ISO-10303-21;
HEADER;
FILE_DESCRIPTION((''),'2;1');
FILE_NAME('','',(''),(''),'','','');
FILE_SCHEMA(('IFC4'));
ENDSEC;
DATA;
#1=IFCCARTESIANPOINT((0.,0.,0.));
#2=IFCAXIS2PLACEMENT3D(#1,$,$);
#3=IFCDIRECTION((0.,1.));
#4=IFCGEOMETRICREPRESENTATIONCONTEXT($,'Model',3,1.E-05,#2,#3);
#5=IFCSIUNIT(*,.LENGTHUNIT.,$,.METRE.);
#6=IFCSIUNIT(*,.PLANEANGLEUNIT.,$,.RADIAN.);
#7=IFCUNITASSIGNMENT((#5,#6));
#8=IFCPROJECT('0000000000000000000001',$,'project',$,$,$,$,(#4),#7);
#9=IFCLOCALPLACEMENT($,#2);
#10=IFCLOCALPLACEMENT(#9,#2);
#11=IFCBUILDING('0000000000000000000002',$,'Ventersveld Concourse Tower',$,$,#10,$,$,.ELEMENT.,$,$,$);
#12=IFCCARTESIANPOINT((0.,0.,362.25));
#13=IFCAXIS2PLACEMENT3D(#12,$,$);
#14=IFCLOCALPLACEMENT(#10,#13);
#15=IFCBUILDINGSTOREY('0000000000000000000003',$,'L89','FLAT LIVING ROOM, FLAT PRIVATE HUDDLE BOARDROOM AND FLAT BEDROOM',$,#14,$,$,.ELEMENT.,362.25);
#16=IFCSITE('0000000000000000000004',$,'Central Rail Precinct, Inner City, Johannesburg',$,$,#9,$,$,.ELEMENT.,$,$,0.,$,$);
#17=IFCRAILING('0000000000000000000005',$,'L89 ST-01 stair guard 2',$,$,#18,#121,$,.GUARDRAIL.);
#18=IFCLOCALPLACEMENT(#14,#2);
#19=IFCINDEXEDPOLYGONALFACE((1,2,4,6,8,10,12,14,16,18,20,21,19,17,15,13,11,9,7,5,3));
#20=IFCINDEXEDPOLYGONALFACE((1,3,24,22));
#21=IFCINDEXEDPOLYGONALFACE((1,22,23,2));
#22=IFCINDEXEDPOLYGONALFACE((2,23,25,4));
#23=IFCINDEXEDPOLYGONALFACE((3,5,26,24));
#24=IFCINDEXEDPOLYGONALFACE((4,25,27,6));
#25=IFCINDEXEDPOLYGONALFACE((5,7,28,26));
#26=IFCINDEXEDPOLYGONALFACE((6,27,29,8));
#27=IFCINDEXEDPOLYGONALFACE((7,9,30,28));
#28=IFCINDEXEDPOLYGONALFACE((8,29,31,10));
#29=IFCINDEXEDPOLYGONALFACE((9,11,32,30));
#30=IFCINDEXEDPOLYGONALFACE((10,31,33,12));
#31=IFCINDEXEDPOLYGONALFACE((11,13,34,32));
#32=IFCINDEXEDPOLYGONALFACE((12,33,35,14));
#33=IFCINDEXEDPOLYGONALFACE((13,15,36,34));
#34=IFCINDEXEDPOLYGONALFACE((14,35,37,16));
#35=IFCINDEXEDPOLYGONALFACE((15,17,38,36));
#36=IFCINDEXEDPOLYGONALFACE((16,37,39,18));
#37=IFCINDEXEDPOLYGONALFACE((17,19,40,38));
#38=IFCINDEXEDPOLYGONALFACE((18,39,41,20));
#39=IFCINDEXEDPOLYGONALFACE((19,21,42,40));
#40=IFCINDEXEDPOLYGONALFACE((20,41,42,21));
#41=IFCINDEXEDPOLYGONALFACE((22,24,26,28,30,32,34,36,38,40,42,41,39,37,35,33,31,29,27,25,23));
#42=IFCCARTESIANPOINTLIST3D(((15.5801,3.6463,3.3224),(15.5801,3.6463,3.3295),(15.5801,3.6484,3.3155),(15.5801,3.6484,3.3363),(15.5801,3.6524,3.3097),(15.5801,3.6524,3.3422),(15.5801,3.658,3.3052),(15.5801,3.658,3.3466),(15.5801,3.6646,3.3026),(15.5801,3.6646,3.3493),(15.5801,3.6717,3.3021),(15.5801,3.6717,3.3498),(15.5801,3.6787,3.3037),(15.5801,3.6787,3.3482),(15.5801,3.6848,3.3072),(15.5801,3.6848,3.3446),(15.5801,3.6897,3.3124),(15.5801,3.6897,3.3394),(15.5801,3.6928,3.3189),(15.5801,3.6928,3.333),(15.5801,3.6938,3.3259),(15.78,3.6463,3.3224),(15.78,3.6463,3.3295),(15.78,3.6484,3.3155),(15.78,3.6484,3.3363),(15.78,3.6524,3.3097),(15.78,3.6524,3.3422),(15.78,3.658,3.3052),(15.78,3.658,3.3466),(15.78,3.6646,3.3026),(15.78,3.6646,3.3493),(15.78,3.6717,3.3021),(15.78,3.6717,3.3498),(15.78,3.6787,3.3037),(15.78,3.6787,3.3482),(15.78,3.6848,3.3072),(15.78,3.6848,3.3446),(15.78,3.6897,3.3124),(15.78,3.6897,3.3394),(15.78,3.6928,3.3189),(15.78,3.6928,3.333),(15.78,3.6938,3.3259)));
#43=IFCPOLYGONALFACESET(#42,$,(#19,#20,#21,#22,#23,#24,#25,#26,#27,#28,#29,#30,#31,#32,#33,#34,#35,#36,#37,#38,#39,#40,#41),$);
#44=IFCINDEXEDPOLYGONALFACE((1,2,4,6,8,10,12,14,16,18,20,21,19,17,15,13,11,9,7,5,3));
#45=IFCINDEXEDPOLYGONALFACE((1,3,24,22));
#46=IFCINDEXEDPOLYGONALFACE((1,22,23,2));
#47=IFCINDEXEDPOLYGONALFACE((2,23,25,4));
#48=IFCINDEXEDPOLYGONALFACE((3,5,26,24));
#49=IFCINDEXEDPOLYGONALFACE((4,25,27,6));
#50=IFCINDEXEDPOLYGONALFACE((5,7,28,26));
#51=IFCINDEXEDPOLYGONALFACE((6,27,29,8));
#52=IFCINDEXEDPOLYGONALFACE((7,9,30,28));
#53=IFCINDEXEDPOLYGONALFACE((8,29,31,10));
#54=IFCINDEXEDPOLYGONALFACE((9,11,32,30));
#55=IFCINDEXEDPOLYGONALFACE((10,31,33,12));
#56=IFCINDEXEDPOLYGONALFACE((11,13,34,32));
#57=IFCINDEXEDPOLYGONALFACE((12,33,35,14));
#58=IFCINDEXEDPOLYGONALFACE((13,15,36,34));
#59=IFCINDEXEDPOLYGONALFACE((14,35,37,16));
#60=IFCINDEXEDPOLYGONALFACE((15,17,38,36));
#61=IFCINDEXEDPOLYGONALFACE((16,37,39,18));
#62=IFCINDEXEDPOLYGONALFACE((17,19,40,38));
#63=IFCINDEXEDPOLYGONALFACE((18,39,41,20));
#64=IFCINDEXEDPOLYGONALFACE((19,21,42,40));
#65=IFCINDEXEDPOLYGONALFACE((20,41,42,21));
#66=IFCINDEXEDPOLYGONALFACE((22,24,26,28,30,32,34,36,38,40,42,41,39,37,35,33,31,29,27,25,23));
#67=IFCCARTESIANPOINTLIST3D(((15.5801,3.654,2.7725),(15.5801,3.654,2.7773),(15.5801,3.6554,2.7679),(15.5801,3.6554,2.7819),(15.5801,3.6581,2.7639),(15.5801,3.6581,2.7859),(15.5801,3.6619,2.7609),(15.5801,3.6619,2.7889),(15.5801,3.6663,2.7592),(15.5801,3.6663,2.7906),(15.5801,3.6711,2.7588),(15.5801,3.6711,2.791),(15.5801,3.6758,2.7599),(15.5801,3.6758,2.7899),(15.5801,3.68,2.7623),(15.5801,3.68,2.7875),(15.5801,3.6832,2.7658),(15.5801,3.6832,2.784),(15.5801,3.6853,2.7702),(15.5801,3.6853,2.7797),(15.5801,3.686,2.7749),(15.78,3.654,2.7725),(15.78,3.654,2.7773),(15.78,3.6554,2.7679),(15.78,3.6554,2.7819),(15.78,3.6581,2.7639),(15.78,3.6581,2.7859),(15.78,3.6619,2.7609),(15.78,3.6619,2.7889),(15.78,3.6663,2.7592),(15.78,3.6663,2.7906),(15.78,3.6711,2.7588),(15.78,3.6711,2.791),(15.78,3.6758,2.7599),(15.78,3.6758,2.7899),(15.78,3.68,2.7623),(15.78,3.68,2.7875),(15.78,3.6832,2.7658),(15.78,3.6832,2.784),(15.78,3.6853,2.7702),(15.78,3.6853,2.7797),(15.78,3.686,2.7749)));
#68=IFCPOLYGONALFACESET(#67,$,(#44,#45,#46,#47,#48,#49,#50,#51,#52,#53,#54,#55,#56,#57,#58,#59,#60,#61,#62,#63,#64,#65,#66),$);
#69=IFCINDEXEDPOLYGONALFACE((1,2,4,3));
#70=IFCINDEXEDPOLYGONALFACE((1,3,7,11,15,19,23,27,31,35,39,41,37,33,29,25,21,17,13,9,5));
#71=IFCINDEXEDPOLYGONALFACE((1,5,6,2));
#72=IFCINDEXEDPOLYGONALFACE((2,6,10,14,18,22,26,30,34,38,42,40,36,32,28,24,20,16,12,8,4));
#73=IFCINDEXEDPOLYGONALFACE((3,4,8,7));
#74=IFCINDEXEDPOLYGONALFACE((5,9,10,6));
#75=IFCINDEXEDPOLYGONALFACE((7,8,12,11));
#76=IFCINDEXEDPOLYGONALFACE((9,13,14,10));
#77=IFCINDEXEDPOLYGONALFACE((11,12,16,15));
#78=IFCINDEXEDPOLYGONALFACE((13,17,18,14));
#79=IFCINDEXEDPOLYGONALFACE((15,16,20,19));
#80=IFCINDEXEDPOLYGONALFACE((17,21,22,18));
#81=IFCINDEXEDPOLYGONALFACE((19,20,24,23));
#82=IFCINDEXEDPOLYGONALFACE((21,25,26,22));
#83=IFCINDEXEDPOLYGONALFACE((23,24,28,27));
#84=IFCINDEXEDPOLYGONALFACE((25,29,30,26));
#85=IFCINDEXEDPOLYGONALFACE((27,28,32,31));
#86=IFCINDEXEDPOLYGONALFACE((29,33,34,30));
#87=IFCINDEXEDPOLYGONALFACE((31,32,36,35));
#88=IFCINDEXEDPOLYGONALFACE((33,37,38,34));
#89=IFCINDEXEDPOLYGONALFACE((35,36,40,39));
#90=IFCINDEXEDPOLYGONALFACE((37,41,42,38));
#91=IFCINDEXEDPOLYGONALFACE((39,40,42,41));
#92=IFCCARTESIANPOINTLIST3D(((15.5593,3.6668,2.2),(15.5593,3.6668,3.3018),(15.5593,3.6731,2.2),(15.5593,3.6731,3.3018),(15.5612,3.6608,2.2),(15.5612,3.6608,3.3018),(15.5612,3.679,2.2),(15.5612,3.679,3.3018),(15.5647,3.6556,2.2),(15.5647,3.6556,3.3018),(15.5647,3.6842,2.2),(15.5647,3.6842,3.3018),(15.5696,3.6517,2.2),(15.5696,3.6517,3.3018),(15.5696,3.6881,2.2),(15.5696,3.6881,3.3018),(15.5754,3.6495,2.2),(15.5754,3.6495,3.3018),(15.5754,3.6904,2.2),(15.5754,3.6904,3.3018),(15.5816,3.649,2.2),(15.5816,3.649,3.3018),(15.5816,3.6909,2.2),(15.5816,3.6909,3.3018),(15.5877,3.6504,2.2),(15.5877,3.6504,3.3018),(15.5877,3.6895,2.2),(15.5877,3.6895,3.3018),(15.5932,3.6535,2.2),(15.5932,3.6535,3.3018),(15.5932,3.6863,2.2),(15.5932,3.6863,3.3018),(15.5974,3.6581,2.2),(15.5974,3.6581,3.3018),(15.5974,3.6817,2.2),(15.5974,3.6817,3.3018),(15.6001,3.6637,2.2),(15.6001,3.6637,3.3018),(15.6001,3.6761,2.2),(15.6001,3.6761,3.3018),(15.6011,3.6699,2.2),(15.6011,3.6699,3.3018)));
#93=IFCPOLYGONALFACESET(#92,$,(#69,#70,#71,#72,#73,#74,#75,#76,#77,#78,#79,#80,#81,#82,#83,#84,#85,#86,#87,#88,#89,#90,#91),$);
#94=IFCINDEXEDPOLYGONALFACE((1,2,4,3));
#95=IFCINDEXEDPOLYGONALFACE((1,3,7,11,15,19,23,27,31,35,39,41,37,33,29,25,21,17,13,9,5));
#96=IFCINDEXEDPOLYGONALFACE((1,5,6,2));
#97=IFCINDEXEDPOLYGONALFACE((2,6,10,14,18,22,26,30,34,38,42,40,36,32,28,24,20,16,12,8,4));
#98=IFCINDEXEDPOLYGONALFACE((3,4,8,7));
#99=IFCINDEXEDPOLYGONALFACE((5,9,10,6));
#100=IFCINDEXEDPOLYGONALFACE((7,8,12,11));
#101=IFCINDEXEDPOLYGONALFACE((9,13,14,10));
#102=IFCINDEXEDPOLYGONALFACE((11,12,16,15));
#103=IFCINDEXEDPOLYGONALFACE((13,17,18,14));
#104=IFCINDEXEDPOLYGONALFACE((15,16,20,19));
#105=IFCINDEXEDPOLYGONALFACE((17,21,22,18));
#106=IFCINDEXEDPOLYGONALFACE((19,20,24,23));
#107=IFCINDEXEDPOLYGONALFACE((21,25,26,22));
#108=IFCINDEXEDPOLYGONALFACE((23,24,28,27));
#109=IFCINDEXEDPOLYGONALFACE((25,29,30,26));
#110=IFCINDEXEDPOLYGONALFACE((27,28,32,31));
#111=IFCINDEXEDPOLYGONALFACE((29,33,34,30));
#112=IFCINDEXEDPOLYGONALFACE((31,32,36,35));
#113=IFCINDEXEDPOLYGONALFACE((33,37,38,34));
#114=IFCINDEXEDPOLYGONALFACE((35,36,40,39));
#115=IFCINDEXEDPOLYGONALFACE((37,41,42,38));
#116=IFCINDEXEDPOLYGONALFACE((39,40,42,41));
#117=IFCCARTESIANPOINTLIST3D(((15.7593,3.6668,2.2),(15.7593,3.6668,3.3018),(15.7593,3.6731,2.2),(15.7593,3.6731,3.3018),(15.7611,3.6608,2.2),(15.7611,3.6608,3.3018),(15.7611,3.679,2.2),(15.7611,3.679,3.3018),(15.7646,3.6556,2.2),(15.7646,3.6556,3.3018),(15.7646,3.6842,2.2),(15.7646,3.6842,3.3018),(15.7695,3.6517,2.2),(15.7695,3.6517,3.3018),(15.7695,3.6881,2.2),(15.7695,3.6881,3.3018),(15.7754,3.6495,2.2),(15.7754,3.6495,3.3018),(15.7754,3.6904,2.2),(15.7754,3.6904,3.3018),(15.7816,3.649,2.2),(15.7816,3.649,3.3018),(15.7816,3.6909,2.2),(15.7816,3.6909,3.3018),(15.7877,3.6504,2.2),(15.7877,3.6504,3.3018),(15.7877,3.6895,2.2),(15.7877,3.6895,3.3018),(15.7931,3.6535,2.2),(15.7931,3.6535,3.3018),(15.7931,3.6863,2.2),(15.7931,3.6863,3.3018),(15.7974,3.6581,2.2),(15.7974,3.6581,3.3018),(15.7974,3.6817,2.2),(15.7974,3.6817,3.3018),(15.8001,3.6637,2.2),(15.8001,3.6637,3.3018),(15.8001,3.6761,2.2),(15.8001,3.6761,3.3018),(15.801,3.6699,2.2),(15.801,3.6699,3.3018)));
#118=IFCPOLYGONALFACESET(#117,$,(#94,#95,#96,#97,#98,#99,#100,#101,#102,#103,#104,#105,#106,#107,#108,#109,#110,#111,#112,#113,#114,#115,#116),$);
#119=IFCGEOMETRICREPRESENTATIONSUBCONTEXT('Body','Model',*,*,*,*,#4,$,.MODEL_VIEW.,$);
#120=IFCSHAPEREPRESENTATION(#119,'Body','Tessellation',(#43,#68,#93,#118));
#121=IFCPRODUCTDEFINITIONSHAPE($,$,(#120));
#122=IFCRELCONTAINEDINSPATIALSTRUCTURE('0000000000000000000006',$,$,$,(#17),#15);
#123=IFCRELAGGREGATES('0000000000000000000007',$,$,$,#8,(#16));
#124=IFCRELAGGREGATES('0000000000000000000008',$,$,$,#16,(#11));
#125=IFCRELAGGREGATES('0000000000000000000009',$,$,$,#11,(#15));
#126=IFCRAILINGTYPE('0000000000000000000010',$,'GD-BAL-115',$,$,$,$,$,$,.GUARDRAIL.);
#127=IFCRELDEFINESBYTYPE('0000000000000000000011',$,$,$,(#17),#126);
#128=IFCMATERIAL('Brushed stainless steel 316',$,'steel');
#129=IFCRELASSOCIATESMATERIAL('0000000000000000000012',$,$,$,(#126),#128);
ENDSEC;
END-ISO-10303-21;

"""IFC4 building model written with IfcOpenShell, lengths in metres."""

from ifc_helpers import new_model, si_unit, direction, frame, origin, origin_2d, place, context, subcontext, project, spatial, circle, extrude, material, type_object, element, save


model = new_model("IFC4")

# Units and contexts
model_context = context("Model", 3, precision=1e-05, world=origin(), true_north=direction((0.0, 1.0)))
body_context = subcontext(model_context, "Body", "Model", "MODEL_VIEW")
ifc_project = project(units=[si_unit("LENGTHUNIT", "METRE"), si_unit("PLANEANGLEUNIT", "RADIAN")], contexts=[model_context])

# Site, building, storey
site_placement = place(None, origin())
site = spatial("IfcSite", under=ifc_project, at=site_placement, Name="Central Rail Precinct, Inner City, Johannesburg", CompositionType="ELEMENT", RefElevation=0.0)
building_placement = place(site_placement, origin())
building = spatial("IfcBuilding", under=site, at=building_placement, Name="Ventersveld Concourse Tower", CompositionType="ELEMENT")
storey_placement = place(building_placement, frame((0.0, 0.0, 362.25)))
storey = spatial("IfcBuildingStorey", under=building, at=storey_placement, Name="L89", Description="FLAT LIVING ROOM, FLAT PRIVATE HUDDLE BOARDROOM AND FLAT BEDROOM", CompositionType="ELEMENT", Elevation=362.25)

# Shared definitions
ifc_material_1 = material(Name="Brushed stainless steel 316", Category="steel")

# Railing
railing_type_1 = type_object("IfcRailingType", Name="GD-BAL-115", PredefinedType="GUARDRAIL", material=ifc_material_1)
railing_1_placement = place(storey_placement, frame((15.5801, 3.6699, 2.2)))
element("IfcRailing", 1, at=railing_1_placement, inside=storey, type_object=railing_type_1, Name="L89 ST-01 stair guard 2", PredefinedType="GUARDRAIL", context=body_context, shape_type="SweptSolid", body=[
    extrude(circle(Radius=0.0239, at=origin_2d()), frame((0.0, 0.0, 1.126), z_axis=(1.0, 0.0, 0.0), x_axis=(0.0, 1.0, 0.0)), (0.0, 0.0, 1.0), 0.2),
    extrude(circle(Radius=0.0161, at=origin_2d()), frame((0.0, 0.0, 0.575), z_axis=(1.0, 0.0, 0.0), x_axis=(0.0, 1.0, 0.0)), (0.0, 0.0, 1.0), 0.2),
    extrude(circle(Radius=0.021, at=origin_2d()), origin(), (0.0, 0.0, 1.0), 1.1018),
    extrude(circle(Radius=0.021, at=origin_2d()), frame((0.2, 0.0, 0.0)), (0.0, 0.0, 1.0), 1.1018),
])

save(model, "model.ifc")
